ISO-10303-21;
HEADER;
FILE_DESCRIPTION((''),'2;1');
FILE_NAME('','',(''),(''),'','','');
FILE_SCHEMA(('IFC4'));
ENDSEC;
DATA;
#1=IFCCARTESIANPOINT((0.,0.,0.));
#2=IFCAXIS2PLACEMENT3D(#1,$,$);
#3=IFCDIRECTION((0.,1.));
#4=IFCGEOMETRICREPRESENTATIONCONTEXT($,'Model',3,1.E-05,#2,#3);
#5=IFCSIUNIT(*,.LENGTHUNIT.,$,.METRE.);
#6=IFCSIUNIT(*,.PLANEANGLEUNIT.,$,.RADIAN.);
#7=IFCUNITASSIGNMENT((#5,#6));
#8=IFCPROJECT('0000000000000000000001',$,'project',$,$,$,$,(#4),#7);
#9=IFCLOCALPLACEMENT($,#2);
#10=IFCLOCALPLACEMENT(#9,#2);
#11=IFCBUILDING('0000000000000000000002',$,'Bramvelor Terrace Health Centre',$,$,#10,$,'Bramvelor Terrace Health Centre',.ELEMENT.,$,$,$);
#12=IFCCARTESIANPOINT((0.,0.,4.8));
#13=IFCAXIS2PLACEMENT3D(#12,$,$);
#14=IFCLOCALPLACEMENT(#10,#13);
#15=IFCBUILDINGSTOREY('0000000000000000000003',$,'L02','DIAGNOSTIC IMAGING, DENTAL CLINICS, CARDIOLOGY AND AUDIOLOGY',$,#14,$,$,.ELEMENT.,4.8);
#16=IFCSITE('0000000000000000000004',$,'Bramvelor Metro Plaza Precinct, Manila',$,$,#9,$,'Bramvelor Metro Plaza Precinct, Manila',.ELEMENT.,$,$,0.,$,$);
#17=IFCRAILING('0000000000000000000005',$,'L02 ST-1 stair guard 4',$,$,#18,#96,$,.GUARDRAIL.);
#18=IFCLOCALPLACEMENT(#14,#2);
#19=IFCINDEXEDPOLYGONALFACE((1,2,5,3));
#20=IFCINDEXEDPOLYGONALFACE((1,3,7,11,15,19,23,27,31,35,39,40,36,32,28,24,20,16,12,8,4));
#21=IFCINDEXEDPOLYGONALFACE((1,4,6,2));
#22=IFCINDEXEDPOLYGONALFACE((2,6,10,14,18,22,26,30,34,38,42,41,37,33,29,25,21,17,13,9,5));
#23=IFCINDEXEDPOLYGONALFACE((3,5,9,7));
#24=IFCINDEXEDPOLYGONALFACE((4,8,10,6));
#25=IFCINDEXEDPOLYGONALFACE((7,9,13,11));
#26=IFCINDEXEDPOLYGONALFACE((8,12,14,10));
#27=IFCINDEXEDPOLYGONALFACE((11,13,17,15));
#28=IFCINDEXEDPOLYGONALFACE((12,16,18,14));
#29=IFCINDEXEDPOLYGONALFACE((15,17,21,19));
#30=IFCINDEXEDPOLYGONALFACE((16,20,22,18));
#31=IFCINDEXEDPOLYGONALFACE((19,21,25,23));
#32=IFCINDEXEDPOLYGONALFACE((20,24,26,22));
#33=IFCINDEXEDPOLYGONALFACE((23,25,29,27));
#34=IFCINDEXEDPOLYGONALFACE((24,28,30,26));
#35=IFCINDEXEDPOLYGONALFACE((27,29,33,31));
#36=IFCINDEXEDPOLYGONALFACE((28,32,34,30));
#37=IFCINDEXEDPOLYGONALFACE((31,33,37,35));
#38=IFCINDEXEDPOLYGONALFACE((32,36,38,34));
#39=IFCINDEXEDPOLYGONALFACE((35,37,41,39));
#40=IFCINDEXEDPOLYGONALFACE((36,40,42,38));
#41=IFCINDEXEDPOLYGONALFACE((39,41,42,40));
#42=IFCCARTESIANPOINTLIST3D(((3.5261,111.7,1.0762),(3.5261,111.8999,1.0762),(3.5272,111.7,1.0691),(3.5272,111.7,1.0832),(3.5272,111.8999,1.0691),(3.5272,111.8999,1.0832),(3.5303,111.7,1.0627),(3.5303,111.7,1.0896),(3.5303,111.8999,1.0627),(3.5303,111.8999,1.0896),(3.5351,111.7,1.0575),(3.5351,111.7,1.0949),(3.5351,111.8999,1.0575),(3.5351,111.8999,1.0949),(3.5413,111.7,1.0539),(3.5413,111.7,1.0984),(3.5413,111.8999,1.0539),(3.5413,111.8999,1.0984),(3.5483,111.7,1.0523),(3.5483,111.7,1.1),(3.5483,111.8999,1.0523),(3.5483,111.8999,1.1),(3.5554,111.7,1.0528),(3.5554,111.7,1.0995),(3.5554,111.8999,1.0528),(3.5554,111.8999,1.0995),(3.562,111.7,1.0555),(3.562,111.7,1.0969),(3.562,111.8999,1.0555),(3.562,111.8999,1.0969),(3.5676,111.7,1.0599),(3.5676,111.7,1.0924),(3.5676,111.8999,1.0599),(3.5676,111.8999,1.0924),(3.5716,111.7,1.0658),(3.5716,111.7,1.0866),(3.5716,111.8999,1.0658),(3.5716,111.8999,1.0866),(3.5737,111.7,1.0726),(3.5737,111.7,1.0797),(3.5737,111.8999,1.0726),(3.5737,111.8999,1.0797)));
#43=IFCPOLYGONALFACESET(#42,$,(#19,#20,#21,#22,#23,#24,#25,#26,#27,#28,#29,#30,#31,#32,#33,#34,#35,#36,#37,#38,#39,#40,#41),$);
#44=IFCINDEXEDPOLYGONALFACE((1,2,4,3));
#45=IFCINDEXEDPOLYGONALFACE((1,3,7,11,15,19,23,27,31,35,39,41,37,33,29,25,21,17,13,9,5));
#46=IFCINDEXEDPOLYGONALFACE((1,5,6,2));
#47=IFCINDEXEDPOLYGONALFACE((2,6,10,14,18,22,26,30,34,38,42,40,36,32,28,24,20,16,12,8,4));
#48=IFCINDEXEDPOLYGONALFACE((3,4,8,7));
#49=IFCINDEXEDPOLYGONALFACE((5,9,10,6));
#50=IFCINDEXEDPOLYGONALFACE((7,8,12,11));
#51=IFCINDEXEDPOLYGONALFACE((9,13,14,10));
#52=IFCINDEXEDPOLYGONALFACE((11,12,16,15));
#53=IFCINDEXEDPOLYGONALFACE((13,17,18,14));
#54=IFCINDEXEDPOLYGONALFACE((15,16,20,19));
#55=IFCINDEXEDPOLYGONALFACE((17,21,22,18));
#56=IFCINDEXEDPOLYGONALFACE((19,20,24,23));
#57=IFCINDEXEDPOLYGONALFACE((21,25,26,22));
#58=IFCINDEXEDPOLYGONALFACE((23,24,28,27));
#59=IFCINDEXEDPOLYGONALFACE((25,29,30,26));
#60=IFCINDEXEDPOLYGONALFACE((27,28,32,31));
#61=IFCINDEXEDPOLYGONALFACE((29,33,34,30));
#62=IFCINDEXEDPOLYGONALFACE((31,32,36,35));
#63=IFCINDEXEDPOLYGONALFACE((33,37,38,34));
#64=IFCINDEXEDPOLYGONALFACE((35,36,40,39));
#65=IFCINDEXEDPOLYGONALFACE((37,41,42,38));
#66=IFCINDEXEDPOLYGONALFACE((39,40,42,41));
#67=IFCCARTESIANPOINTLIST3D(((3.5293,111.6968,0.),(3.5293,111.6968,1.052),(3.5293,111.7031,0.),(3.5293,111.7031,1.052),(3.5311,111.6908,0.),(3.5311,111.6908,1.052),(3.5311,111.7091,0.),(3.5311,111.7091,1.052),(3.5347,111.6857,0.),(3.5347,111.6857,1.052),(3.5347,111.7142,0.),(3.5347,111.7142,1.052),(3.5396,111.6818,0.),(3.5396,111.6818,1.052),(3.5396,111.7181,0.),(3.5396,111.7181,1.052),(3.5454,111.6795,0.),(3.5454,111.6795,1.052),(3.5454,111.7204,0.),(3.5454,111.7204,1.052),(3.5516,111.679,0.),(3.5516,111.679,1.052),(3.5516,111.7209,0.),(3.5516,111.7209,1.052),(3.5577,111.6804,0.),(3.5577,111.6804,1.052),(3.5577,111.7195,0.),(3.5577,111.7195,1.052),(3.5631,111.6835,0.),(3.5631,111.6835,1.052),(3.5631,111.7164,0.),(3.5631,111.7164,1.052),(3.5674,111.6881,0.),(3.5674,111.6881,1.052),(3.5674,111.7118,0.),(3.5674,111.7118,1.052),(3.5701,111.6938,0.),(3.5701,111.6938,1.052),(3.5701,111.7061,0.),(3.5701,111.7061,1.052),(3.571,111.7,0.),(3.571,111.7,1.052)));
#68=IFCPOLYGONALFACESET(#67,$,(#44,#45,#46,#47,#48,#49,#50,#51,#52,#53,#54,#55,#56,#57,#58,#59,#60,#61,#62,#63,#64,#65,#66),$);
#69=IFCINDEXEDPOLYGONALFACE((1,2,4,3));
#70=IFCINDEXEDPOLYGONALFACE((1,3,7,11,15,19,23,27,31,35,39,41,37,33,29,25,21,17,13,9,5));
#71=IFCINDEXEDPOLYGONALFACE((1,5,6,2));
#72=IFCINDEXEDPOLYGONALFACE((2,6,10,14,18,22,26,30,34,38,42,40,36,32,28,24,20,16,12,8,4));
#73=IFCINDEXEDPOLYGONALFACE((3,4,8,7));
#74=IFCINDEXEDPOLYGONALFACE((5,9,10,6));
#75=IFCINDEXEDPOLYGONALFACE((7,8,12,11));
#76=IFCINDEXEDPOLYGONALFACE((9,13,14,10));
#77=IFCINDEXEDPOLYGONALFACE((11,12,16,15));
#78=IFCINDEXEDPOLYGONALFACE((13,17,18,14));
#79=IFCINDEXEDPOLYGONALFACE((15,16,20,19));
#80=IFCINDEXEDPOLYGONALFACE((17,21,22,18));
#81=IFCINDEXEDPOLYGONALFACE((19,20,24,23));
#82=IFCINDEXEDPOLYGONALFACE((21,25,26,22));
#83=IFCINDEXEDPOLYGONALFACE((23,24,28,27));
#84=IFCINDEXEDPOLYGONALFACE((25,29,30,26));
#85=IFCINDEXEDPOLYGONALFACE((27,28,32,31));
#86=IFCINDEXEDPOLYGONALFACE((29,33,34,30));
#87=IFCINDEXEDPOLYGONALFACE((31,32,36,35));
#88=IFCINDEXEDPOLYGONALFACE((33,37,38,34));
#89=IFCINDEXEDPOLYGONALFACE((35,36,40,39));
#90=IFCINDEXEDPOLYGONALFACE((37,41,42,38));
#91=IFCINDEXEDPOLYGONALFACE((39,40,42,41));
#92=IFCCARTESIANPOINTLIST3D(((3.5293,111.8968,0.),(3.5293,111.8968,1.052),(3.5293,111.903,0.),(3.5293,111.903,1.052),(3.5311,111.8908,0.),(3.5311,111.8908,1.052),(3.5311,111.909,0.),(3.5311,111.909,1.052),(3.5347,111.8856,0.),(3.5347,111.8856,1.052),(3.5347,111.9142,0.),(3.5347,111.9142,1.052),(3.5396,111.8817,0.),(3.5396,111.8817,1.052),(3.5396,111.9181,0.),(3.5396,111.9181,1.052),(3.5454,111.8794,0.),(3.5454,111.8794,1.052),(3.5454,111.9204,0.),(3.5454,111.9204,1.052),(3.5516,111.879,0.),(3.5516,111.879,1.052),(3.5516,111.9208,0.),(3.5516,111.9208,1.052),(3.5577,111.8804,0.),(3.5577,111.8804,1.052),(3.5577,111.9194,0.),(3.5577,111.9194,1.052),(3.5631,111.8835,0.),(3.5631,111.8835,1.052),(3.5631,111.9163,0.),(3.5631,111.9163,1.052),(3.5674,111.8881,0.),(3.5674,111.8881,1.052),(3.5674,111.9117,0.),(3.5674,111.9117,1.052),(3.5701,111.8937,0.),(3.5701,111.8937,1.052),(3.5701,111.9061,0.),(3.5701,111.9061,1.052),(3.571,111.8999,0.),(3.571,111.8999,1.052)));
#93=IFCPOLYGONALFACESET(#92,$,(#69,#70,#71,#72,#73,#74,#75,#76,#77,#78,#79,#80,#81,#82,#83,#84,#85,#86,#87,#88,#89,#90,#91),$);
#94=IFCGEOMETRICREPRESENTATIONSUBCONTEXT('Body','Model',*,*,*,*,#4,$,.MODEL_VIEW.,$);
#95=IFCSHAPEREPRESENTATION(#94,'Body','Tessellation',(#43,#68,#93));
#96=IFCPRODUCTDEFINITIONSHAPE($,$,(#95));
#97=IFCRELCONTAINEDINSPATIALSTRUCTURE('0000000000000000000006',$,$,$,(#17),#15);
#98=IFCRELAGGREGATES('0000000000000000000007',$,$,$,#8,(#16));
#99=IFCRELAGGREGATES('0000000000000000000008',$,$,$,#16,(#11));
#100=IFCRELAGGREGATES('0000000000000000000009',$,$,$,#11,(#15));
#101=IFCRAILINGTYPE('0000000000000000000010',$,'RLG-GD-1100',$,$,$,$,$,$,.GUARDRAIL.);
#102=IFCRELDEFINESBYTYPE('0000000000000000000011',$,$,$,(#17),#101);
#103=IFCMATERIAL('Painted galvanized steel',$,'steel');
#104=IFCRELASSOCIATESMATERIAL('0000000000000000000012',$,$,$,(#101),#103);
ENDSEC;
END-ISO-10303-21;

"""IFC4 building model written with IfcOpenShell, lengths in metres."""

from ifc_helpers import new_model, si_unit, direction, frame, origin, origin_2d, place, context, subcontext, project, spatial, circle, extrude, material, type_object, element, save


model = new_model("IFC4")

# Units and contexts
model_context = context("Model", 3, precision=1e-05, world=origin(), true_north=direction((0.0, 1.0)))
body_context = subcontext(model_context, "Body", "Model", "MODEL_VIEW")
ifc_project = project(units=[si_unit("LENGTHUNIT", "METRE"), si_unit("PLANEANGLEUNIT", "RADIAN")], contexts=[model_context])

# Site, building, storey
site_placement = place(None, origin())
site = spatial("IfcSite", under=ifc_project, at=site_placement, Name="Bramvelor Metro Plaza Precinct, Manila", LongName="Bramvelor Metro Plaza Precinct, Manila", CompositionType="ELEMENT", RefElevation=0.0)
building_placement = place(site_placement, origin())
building = spatial("IfcBuilding", under=site, at=building_placement, Name="Bramvelor Terrace Health Centre", LongName="Bramvelor Terrace Health Centre", CompositionType="ELEMENT")
storey_placement = place(building_placement, frame((0.0, 0.0, 4.8)))
storey = spatial("IfcBuildingStorey", under=building, at=storey_placement, Name="L02", Description="DIAGNOSTIC IMAGING, DENTAL CLINICS, CARDIOLOGY AND AUDIOLOGY", CompositionType="ELEMENT", Elevation=4.8)

# Railing
ifc_material_1 = material(Name="Painted galvanized steel", Category="steel")
railing_type_1 = type_object("IfcRailingType", Name="RLG-GD-1100", PredefinedType="GUARDRAIL", material=ifc_material_1)
railing_1_placement = place(storey_placement, frame((3.55, 111.7, 0.0)))
element("IfcRailing", 1, at=railing_1_placement, inside=storey, type_object=railing_type_1, Name="L02 ST-1 stair guard 4", PredefinedType="GUARDRAIL", context=body_context, shape_type="SweptSolid", body=[
    extrude(circle(Radius=0.0239, at=origin_2d()), frame((0.0, 0.0, 1.0762), z_axis=(0.0, 1.0, 0.0), x_axis=(-1.0, 0.0, 0.0)), (0.0, 0.0, 1.0), 0.2),
    extrude(circle(Radius=0.021, at=origin_2d()), origin(), (0.0, 0.0, 1.0), 1.052),
    extrude(circle(Radius=0.021, at=origin_2d()), frame((0.0, 0.2, 0.0)), (0.0, 0.0, 1.0), 1.052),
])

save(model, "model.ifc")
